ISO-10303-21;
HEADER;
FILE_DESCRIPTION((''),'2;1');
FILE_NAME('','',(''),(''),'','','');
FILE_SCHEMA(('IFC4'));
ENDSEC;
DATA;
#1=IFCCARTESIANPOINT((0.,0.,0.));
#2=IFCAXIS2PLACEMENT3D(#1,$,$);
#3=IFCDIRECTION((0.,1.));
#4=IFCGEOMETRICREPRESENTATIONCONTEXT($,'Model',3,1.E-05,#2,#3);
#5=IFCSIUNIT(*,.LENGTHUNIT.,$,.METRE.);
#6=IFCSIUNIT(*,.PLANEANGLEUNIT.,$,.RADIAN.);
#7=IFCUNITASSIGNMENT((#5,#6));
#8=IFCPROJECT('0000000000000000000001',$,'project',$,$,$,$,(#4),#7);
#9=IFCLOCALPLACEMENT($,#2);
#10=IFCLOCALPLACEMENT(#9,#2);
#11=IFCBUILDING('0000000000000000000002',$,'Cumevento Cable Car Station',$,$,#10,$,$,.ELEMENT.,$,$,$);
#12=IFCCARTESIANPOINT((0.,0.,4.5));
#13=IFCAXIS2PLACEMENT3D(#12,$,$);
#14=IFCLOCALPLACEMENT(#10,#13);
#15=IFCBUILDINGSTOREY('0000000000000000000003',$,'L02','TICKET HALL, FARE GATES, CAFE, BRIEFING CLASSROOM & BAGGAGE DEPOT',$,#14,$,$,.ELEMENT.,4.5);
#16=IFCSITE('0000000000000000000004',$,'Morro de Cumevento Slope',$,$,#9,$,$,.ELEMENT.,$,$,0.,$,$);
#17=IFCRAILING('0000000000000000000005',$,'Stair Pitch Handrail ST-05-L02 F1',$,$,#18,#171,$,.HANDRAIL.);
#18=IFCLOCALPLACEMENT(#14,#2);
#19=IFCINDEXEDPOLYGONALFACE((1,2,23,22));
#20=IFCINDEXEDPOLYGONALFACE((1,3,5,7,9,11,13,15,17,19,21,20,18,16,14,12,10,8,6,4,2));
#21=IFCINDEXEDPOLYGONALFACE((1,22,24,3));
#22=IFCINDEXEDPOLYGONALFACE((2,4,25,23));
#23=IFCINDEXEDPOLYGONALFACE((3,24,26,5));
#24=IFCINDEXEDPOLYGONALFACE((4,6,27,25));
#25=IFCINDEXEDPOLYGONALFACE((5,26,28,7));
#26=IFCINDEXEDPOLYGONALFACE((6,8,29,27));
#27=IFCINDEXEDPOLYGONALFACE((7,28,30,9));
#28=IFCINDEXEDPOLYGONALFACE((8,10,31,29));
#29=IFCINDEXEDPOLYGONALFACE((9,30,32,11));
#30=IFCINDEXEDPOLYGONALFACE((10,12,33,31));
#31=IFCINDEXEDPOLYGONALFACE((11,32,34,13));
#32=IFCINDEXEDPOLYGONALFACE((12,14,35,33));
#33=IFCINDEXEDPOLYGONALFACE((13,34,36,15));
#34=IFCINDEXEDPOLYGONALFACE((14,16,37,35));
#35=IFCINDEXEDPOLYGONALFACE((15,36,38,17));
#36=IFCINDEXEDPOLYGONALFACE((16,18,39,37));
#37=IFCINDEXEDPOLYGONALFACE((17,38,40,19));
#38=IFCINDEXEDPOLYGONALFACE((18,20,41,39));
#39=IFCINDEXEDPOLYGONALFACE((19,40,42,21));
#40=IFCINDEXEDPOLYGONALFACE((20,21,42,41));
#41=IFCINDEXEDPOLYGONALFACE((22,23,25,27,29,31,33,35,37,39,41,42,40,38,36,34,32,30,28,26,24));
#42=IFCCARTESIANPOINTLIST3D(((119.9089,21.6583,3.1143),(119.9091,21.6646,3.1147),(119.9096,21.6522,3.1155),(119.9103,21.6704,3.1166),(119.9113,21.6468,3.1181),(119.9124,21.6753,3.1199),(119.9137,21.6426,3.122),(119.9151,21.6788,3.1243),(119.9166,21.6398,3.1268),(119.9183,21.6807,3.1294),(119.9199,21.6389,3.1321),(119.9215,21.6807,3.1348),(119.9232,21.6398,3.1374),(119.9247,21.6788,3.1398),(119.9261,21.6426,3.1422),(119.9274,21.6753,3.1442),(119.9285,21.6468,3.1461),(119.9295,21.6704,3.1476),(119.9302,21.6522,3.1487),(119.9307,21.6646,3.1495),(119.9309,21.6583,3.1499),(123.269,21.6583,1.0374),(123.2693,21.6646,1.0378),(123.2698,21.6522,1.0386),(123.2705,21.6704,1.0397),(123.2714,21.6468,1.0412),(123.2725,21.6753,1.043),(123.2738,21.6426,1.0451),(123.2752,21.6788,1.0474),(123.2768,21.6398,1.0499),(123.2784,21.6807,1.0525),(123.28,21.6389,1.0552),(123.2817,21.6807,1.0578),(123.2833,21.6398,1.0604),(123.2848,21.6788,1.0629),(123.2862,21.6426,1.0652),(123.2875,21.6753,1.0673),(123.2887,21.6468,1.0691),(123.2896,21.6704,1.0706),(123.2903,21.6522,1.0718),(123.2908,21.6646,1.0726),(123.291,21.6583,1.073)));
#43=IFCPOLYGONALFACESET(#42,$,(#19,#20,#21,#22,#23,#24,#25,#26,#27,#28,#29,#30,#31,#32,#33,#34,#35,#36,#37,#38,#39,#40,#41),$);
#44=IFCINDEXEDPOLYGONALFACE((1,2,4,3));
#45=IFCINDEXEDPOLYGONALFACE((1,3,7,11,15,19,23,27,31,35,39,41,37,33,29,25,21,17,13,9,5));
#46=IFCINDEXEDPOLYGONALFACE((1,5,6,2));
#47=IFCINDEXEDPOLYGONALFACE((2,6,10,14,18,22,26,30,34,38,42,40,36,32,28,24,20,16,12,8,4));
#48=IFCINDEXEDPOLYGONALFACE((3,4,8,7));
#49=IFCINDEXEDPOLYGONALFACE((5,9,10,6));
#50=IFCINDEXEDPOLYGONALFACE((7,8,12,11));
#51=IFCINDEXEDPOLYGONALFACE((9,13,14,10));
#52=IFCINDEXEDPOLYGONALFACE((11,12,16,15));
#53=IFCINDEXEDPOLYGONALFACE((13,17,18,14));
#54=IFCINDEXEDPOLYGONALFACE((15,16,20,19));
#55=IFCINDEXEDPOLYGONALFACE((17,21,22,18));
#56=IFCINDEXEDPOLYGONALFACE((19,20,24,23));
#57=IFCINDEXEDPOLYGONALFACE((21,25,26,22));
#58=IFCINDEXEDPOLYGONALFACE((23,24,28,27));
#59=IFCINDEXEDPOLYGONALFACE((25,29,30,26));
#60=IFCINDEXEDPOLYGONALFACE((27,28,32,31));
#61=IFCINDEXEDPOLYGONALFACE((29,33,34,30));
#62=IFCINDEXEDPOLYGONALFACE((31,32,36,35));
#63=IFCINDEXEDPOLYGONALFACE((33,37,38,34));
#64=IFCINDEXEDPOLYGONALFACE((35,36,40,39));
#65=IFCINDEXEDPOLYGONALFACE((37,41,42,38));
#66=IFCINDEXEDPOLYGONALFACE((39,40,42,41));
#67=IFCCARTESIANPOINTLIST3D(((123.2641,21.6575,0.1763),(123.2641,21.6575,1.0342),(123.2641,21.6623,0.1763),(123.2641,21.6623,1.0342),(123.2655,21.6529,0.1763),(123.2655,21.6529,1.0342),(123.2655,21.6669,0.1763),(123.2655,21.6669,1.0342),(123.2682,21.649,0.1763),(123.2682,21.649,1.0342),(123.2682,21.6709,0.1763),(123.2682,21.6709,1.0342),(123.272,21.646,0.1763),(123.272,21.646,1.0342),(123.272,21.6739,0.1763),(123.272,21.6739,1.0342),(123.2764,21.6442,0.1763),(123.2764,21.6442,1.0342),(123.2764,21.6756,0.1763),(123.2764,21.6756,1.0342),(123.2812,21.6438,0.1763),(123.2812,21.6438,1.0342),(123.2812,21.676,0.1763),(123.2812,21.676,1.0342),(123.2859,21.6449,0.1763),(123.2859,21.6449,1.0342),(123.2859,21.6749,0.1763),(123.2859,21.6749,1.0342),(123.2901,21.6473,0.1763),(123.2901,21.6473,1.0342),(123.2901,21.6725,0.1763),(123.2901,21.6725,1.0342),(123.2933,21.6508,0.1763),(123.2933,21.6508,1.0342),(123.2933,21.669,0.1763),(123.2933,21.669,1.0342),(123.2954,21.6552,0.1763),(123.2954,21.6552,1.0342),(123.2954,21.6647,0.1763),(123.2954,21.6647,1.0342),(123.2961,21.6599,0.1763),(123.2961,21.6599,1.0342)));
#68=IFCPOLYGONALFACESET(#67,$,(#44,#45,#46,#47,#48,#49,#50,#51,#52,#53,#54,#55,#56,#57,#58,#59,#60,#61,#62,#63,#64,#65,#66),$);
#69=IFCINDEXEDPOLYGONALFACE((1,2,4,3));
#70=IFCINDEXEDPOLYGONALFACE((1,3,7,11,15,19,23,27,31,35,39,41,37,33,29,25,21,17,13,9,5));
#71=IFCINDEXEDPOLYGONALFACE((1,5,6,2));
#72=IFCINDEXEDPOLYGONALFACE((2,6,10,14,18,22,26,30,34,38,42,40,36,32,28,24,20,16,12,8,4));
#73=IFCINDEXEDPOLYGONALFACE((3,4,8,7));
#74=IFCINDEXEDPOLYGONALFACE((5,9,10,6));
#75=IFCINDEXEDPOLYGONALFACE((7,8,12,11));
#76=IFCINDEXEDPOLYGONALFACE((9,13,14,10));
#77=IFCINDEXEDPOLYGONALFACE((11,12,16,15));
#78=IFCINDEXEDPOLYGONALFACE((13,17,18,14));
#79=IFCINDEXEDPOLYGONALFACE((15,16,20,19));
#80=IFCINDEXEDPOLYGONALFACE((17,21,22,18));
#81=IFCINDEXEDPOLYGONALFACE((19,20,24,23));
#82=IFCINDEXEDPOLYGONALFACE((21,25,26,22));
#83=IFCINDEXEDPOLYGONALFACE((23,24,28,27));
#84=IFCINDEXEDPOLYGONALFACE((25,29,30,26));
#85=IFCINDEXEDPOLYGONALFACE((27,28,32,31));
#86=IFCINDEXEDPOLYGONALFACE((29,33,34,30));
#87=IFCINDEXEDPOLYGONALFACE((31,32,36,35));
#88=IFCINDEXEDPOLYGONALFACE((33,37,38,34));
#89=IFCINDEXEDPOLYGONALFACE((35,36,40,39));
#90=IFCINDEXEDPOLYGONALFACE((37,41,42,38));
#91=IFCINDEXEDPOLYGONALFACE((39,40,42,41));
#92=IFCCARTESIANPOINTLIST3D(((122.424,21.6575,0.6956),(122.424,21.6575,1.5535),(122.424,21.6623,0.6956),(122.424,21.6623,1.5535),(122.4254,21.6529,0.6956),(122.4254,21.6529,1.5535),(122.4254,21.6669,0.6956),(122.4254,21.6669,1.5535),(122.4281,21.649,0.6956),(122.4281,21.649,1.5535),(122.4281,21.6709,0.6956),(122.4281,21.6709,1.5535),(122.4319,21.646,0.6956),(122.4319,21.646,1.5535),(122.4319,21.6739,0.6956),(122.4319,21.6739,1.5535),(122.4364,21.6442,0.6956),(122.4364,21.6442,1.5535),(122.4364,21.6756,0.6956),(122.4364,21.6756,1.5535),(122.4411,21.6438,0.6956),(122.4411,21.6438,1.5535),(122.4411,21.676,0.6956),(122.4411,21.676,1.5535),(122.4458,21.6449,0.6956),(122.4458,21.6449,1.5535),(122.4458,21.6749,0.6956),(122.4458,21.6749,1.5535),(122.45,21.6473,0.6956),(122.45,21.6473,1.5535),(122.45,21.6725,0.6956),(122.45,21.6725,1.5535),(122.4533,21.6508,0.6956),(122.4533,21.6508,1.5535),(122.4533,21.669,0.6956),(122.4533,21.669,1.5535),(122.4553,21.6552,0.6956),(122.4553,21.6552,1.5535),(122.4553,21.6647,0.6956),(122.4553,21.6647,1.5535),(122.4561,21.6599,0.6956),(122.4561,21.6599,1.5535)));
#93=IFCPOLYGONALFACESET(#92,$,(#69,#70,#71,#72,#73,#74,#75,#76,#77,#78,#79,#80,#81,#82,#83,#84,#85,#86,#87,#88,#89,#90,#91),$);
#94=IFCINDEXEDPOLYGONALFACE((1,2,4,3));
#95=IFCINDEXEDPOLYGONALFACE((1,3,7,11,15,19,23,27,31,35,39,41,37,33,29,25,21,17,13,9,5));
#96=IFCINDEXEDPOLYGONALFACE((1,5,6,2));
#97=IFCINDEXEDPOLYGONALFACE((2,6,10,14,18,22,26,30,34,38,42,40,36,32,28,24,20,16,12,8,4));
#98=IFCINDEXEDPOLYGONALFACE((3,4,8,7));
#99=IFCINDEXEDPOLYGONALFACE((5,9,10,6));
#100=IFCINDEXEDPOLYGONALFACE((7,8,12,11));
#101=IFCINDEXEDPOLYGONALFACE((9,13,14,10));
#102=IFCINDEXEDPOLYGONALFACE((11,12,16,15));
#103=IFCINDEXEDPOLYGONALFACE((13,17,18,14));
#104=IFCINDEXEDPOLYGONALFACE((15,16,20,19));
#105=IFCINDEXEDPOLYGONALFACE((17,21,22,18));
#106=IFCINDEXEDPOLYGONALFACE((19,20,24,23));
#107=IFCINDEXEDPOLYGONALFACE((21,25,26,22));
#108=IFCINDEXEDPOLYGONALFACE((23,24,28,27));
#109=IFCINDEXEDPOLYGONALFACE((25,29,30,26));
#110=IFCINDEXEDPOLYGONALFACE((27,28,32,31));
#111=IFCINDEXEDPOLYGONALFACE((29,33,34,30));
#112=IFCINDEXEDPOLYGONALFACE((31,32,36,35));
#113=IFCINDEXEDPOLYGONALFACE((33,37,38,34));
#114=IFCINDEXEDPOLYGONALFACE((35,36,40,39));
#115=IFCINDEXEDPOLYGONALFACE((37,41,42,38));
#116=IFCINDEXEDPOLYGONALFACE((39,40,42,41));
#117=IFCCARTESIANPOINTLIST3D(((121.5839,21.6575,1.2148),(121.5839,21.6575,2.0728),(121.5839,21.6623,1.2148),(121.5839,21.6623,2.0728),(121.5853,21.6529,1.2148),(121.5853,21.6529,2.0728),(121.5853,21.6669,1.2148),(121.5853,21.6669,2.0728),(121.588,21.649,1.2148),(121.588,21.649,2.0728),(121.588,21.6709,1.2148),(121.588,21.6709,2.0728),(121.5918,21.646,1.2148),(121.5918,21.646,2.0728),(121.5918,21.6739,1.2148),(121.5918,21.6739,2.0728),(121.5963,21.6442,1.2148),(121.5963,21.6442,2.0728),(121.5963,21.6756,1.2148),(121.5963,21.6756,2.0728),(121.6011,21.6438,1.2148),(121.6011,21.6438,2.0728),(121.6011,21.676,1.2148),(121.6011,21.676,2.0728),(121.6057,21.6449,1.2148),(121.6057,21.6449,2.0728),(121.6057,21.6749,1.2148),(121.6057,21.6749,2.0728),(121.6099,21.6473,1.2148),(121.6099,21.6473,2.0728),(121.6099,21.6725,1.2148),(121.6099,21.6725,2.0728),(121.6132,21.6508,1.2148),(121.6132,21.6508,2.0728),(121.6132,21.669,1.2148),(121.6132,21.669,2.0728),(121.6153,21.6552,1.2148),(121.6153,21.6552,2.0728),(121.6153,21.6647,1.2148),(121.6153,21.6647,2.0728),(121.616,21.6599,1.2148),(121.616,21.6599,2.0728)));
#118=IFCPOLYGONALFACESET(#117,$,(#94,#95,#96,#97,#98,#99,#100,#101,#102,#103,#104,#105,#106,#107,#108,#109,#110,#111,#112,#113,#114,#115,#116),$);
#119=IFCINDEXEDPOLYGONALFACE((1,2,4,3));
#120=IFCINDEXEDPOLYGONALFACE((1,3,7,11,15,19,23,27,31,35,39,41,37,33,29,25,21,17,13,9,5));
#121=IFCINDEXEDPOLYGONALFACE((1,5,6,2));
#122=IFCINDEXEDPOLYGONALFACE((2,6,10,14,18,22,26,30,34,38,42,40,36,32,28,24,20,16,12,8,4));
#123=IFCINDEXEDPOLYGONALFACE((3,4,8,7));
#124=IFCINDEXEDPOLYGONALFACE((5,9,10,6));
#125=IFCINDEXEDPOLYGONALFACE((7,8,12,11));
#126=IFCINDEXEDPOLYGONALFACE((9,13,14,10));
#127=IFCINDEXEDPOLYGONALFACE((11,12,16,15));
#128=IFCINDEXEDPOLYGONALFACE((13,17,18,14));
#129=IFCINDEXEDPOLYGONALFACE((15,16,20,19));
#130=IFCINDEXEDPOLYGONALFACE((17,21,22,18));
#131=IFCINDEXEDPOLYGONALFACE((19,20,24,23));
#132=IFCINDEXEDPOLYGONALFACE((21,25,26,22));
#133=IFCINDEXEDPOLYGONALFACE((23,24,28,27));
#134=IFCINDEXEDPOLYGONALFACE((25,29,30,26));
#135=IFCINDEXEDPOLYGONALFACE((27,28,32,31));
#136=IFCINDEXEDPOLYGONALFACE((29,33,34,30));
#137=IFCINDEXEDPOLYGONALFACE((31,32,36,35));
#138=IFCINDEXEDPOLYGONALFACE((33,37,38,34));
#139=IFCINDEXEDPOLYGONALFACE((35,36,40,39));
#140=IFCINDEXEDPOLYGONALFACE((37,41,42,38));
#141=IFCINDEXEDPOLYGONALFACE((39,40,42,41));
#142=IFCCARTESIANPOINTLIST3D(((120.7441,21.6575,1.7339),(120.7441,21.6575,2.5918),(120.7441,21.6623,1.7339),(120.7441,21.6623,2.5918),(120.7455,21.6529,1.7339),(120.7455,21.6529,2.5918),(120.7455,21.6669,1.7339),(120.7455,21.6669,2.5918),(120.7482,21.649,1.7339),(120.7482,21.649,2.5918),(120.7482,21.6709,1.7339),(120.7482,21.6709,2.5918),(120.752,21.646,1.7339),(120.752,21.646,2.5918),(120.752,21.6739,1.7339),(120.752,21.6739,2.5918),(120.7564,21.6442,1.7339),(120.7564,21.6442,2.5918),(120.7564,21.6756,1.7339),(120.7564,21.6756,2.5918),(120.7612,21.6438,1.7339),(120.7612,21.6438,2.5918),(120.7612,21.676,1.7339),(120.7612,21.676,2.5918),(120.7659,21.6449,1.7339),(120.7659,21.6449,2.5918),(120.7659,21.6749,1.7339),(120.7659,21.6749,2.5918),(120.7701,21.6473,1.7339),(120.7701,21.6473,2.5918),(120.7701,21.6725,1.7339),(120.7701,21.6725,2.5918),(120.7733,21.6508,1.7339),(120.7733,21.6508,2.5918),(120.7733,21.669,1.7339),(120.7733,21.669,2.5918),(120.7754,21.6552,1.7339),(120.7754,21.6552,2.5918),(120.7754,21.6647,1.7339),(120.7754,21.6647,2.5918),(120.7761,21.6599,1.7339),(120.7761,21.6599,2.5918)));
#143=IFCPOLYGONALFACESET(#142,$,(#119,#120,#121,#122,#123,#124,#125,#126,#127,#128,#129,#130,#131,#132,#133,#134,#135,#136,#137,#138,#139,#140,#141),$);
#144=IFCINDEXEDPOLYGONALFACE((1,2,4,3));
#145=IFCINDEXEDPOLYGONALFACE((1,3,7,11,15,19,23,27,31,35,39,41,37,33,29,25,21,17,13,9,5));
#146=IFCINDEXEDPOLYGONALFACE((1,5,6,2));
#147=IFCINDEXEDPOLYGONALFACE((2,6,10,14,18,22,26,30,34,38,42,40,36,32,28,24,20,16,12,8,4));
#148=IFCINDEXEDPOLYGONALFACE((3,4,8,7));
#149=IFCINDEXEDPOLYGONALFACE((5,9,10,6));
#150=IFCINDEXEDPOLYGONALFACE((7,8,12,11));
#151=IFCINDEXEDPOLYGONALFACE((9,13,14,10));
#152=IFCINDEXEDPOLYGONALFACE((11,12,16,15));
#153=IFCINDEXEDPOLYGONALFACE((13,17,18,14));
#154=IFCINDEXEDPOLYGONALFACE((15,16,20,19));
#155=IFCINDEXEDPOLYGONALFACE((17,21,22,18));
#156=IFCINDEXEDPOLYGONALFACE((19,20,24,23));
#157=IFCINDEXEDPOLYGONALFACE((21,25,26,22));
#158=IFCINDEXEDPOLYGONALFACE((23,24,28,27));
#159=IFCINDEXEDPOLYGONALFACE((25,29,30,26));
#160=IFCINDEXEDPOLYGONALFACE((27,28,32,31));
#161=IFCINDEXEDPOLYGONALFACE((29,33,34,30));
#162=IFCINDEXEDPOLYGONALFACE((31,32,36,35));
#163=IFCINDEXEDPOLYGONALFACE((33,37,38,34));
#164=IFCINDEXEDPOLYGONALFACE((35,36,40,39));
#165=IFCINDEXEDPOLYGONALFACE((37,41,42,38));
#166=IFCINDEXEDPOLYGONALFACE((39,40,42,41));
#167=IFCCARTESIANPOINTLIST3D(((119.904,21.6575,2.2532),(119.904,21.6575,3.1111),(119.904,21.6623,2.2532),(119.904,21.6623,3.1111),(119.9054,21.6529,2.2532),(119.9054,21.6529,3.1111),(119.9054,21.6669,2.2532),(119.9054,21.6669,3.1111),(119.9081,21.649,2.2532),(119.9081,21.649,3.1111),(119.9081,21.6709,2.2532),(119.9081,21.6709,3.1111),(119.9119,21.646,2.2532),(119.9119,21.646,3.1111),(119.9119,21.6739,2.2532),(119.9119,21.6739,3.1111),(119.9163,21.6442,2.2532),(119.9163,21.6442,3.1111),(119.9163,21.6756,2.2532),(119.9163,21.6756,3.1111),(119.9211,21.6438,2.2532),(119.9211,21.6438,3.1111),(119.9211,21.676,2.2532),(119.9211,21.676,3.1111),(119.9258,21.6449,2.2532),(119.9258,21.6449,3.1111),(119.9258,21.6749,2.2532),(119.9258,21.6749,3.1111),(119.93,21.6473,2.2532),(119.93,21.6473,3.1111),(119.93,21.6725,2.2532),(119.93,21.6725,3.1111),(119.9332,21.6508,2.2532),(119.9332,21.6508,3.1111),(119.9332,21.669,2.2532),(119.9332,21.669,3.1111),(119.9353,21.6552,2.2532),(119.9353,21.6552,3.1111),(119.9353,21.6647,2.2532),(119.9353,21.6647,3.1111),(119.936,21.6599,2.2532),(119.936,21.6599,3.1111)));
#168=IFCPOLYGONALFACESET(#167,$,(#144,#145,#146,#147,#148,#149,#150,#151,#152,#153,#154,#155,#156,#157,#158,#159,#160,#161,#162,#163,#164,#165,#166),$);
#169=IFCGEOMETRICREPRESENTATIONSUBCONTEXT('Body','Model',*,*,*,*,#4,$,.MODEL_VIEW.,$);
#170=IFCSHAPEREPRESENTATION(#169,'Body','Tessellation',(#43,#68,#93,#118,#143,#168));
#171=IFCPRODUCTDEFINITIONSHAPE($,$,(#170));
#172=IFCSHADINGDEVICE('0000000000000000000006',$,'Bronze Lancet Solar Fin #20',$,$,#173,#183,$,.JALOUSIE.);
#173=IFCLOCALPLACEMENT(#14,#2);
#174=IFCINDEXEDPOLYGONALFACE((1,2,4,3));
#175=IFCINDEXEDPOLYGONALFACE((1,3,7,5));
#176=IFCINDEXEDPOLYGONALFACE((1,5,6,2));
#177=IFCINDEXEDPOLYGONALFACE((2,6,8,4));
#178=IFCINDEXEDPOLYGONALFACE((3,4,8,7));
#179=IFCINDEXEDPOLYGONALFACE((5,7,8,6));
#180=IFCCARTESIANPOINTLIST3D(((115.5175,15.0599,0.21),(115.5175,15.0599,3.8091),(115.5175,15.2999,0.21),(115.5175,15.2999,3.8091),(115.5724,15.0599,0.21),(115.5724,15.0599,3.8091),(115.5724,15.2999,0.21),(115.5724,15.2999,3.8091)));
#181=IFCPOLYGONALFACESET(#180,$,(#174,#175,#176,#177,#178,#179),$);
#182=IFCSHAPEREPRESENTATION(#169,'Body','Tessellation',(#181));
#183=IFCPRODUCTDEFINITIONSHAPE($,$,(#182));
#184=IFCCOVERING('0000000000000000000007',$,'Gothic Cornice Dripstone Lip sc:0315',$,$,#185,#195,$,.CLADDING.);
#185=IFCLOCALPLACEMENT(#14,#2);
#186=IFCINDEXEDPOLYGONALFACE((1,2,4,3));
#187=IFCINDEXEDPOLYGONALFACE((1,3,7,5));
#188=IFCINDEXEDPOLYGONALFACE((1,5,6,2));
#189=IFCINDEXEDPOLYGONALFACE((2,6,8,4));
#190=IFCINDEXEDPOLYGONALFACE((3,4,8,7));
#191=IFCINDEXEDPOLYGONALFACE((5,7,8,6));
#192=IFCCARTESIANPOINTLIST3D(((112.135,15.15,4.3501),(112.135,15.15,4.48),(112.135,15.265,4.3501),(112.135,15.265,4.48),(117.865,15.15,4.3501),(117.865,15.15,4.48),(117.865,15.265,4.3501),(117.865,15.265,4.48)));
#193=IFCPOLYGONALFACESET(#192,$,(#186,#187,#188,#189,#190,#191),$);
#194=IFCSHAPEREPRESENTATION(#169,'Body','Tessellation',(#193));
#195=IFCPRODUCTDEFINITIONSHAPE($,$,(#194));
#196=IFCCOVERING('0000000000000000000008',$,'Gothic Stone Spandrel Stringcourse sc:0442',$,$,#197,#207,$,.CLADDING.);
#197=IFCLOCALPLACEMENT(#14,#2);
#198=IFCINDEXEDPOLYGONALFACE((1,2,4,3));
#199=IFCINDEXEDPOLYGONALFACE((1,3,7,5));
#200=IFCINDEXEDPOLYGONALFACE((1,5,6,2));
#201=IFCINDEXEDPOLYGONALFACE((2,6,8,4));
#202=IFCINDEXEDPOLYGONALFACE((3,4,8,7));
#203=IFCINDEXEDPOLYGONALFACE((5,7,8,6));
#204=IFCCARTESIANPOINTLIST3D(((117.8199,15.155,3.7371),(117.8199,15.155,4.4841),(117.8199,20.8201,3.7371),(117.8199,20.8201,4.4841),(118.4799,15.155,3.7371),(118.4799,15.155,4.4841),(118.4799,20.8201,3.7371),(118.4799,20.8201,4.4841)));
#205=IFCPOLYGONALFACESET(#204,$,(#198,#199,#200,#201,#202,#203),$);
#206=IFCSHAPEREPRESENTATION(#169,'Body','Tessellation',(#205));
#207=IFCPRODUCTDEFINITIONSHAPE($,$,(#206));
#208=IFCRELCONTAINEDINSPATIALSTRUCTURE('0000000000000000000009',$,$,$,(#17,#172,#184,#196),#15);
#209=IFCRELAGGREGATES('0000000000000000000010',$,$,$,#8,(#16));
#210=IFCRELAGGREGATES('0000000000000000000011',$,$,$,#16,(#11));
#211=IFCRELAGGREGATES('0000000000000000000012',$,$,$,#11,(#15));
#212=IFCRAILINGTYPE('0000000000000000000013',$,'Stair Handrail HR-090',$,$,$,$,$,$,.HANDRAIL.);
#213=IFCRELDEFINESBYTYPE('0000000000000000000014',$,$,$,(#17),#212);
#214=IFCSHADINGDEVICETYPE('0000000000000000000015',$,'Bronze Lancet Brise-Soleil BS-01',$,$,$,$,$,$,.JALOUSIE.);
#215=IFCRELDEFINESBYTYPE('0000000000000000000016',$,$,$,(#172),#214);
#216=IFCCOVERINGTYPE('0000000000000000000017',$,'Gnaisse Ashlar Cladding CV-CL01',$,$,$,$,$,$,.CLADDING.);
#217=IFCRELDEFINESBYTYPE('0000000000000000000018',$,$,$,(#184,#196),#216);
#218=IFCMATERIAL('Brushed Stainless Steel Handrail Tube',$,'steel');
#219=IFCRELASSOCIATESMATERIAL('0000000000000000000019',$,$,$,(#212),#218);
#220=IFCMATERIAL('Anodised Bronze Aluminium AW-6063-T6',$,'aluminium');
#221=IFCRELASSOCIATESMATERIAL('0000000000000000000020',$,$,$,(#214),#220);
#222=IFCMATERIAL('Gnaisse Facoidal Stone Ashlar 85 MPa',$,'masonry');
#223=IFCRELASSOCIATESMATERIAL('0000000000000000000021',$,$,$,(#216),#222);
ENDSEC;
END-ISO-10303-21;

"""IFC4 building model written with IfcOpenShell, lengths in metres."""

from ifc_helpers import new_model, si_unit, direction, frame, origin, origin_2d, place, context, subcontext, project, spatial, rectangle, circle, extrude, material, type_object, element, save


model = new_model("IFC4")

# Units and contexts
model_context = context("Model", 3, precision=1e-05, world=origin(), true_north=direction((0.0, 1.0)))
body_context = subcontext(model_context, "Body", "Model", "MODEL_VIEW")
ifc_project = project(units=[si_unit("LENGTHUNIT", "METRE"), si_unit("PLANEANGLEUNIT", "RADIAN")], contexts=[model_context])

# Site, building, storey
site_placement = place(None, origin())
site = spatial("IfcSite", under=ifc_project, at=site_placement, Name="Morro de Cumevento Slope", CompositionType="ELEMENT", RefElevation=0.0)
building_placement = place(site_placement, origin())
building = spatial("IfcBuilding", under=site, at=building_placement, Name="Cumevento Cable Car Station", CompositionType="ELEMENT")
storey_placement = place(building_placement, frame((0.0, 0.0, 4.5)))
storey = spatial("IfcBuildingStorey", under=building, at=storey_placement, Name="L02", Description="TICKET HALL, FARE GATES, CAFE, BRIEFING CLASSROOM & BAGGAGE DEPOT", CompositionType="ELEMENT", Elevation=4.5)

# Railing
ifc_material_1 = material(Name="Brushed Stainless Steel Handrail Tube", Category="steel")
railing_type_1 = type_object("IfcRailingType", Name="Stair Handrail HR-090", PredefinedType="HANDRAIL", material=ifc_material_1)
railing_1_placement = place(storey_placement, frame((123.28, 21.6599, 0.1763)))
element("IfcRailing", 1, at=railing_1_placement, inside=storey, type_object=railing_type_1, Name="Stair Pitch Handrail ST-05-L02 F1", PredefinedType="HANDRAIL", context=body_context, shape_type="SweptSolid", body=[
    extrude(circle(Radius=0.021, at=origin_2d()), frame((0.0, 0.0, 0.8789), z_axis=(-0.850623, 0.0, 0.525776), x_axis=(0.0, -1.0, 0.0)), (0.0, 0.0, 1.0), 3.9502),
    extrude(circle(Radius=0.0161, at=origin_2d()), origin(), (0.0, 0.0, 1.0), 0.8579),
    extrude(circle(Radius=0.0161, at=origin_2d()), frame((-0.8401, 0.0, 0.5193)), (0.0, 0.0, 1.0), 0.8579),
    extrude(circle(Radius=0.0161, at=origin_2d()), frame((-1.6802, 0.0, 1.0386)), (0.0, 0.0, 1.0), 0.8579),
    extrude(circle(Radius=0.0161, at=origin_2d()), frame((-2.52, 0.0, 1.5576)), (0.0, 0.0, 1.0), 0.8579),
    extrude(circle(Radius=0.0161, at=origin_2d()), frame((-3.3601, 0.0, 2.0769)), (0.0, 0.0, 1.0), 0.8579),
])

# Shading device
ifc_material_2 = material(Name="Anodised Bronze Aluminium AW-6063-T6", Category="aluminium")
shading_device_type = type_object("IfcShadingDeviceType", Name="Bronze Lancet Brise-Soleil BS-01", PredefinedType="JALOUSIE", material=ifc_material_2)
shading_device_placement = place(storey_placement, frame((115.5449, 15.1799, 0.21), z_axis=(0.0, 0.0, 1.0), x_axis=(1.0, 0.0, 0.0)))
element("IfcShadingDevice", 2, at=shading_device_placement, inside=storey, type_object=shading_device_type, Name="Bronze Lancet Solar Fin #20", PredefinedType="JALOUSIE", context=body_context, shape_type="SweptSolid", body=[
    extrude(rectangle(XDim=0.0549, YDim=0.24, at=origin_2d()), origin(), (0.0, 0.0, 1.0), 3.5991),
])

# Coverings
ifc_material_3 = material(Name="Gnaisse Facoidal Stone Ashlar 85 MPa", Category="masonry")
covering_type = type_object("IfcCoveringType", Name="Gnaisse Ashlar Cladding CV-CL01", PredefinedType="CLADDING", material=ifc_material_3)
covering_1_placement = place(storey_placement, frame((115.0, 15.2075, 4.3501), z_axis=(0.0, 0.0, 1.0), x_axis=(1.0, 0.0, 0.0)))
element("IfcCovering", 3, at=covering_1_placement, inside=storey, type_object=covering_type, Name="Gothic Cornice Dripstone Lip sc:0315", PredefinedType="CLADDING", context=body_context, shape_type="SweptSolid", body=[
    extrude(rectangle(XDim=5.73, YDim=0.115, at=origin_2d()), origin(), (0.0, 0.0, 1.0), 0.1299),
])
covering_2_placement = place(storey_placement, frame((118.1499, 17.9875, 3.7371), z_axis=(0.0, 0.0, 1.0), x_axis=(0.0, 1.0, 0.0)))
element("IfcCovering", 4, at=covering_2_placement, inside=storey, type_object=covering_type, Name="Gothic Stone Spandrel Stringcourse sc:0442", PredefinedType="CLADDING", context=body_context, shape_type="SweptSolid", body=[
    extrude(rectangle(XDim=5.665, YDim=0.6599, at=origin_2d()), origin(), (0.0, 0.0, 1.0), 0.7471),
])

save(model, "model.ifc")
